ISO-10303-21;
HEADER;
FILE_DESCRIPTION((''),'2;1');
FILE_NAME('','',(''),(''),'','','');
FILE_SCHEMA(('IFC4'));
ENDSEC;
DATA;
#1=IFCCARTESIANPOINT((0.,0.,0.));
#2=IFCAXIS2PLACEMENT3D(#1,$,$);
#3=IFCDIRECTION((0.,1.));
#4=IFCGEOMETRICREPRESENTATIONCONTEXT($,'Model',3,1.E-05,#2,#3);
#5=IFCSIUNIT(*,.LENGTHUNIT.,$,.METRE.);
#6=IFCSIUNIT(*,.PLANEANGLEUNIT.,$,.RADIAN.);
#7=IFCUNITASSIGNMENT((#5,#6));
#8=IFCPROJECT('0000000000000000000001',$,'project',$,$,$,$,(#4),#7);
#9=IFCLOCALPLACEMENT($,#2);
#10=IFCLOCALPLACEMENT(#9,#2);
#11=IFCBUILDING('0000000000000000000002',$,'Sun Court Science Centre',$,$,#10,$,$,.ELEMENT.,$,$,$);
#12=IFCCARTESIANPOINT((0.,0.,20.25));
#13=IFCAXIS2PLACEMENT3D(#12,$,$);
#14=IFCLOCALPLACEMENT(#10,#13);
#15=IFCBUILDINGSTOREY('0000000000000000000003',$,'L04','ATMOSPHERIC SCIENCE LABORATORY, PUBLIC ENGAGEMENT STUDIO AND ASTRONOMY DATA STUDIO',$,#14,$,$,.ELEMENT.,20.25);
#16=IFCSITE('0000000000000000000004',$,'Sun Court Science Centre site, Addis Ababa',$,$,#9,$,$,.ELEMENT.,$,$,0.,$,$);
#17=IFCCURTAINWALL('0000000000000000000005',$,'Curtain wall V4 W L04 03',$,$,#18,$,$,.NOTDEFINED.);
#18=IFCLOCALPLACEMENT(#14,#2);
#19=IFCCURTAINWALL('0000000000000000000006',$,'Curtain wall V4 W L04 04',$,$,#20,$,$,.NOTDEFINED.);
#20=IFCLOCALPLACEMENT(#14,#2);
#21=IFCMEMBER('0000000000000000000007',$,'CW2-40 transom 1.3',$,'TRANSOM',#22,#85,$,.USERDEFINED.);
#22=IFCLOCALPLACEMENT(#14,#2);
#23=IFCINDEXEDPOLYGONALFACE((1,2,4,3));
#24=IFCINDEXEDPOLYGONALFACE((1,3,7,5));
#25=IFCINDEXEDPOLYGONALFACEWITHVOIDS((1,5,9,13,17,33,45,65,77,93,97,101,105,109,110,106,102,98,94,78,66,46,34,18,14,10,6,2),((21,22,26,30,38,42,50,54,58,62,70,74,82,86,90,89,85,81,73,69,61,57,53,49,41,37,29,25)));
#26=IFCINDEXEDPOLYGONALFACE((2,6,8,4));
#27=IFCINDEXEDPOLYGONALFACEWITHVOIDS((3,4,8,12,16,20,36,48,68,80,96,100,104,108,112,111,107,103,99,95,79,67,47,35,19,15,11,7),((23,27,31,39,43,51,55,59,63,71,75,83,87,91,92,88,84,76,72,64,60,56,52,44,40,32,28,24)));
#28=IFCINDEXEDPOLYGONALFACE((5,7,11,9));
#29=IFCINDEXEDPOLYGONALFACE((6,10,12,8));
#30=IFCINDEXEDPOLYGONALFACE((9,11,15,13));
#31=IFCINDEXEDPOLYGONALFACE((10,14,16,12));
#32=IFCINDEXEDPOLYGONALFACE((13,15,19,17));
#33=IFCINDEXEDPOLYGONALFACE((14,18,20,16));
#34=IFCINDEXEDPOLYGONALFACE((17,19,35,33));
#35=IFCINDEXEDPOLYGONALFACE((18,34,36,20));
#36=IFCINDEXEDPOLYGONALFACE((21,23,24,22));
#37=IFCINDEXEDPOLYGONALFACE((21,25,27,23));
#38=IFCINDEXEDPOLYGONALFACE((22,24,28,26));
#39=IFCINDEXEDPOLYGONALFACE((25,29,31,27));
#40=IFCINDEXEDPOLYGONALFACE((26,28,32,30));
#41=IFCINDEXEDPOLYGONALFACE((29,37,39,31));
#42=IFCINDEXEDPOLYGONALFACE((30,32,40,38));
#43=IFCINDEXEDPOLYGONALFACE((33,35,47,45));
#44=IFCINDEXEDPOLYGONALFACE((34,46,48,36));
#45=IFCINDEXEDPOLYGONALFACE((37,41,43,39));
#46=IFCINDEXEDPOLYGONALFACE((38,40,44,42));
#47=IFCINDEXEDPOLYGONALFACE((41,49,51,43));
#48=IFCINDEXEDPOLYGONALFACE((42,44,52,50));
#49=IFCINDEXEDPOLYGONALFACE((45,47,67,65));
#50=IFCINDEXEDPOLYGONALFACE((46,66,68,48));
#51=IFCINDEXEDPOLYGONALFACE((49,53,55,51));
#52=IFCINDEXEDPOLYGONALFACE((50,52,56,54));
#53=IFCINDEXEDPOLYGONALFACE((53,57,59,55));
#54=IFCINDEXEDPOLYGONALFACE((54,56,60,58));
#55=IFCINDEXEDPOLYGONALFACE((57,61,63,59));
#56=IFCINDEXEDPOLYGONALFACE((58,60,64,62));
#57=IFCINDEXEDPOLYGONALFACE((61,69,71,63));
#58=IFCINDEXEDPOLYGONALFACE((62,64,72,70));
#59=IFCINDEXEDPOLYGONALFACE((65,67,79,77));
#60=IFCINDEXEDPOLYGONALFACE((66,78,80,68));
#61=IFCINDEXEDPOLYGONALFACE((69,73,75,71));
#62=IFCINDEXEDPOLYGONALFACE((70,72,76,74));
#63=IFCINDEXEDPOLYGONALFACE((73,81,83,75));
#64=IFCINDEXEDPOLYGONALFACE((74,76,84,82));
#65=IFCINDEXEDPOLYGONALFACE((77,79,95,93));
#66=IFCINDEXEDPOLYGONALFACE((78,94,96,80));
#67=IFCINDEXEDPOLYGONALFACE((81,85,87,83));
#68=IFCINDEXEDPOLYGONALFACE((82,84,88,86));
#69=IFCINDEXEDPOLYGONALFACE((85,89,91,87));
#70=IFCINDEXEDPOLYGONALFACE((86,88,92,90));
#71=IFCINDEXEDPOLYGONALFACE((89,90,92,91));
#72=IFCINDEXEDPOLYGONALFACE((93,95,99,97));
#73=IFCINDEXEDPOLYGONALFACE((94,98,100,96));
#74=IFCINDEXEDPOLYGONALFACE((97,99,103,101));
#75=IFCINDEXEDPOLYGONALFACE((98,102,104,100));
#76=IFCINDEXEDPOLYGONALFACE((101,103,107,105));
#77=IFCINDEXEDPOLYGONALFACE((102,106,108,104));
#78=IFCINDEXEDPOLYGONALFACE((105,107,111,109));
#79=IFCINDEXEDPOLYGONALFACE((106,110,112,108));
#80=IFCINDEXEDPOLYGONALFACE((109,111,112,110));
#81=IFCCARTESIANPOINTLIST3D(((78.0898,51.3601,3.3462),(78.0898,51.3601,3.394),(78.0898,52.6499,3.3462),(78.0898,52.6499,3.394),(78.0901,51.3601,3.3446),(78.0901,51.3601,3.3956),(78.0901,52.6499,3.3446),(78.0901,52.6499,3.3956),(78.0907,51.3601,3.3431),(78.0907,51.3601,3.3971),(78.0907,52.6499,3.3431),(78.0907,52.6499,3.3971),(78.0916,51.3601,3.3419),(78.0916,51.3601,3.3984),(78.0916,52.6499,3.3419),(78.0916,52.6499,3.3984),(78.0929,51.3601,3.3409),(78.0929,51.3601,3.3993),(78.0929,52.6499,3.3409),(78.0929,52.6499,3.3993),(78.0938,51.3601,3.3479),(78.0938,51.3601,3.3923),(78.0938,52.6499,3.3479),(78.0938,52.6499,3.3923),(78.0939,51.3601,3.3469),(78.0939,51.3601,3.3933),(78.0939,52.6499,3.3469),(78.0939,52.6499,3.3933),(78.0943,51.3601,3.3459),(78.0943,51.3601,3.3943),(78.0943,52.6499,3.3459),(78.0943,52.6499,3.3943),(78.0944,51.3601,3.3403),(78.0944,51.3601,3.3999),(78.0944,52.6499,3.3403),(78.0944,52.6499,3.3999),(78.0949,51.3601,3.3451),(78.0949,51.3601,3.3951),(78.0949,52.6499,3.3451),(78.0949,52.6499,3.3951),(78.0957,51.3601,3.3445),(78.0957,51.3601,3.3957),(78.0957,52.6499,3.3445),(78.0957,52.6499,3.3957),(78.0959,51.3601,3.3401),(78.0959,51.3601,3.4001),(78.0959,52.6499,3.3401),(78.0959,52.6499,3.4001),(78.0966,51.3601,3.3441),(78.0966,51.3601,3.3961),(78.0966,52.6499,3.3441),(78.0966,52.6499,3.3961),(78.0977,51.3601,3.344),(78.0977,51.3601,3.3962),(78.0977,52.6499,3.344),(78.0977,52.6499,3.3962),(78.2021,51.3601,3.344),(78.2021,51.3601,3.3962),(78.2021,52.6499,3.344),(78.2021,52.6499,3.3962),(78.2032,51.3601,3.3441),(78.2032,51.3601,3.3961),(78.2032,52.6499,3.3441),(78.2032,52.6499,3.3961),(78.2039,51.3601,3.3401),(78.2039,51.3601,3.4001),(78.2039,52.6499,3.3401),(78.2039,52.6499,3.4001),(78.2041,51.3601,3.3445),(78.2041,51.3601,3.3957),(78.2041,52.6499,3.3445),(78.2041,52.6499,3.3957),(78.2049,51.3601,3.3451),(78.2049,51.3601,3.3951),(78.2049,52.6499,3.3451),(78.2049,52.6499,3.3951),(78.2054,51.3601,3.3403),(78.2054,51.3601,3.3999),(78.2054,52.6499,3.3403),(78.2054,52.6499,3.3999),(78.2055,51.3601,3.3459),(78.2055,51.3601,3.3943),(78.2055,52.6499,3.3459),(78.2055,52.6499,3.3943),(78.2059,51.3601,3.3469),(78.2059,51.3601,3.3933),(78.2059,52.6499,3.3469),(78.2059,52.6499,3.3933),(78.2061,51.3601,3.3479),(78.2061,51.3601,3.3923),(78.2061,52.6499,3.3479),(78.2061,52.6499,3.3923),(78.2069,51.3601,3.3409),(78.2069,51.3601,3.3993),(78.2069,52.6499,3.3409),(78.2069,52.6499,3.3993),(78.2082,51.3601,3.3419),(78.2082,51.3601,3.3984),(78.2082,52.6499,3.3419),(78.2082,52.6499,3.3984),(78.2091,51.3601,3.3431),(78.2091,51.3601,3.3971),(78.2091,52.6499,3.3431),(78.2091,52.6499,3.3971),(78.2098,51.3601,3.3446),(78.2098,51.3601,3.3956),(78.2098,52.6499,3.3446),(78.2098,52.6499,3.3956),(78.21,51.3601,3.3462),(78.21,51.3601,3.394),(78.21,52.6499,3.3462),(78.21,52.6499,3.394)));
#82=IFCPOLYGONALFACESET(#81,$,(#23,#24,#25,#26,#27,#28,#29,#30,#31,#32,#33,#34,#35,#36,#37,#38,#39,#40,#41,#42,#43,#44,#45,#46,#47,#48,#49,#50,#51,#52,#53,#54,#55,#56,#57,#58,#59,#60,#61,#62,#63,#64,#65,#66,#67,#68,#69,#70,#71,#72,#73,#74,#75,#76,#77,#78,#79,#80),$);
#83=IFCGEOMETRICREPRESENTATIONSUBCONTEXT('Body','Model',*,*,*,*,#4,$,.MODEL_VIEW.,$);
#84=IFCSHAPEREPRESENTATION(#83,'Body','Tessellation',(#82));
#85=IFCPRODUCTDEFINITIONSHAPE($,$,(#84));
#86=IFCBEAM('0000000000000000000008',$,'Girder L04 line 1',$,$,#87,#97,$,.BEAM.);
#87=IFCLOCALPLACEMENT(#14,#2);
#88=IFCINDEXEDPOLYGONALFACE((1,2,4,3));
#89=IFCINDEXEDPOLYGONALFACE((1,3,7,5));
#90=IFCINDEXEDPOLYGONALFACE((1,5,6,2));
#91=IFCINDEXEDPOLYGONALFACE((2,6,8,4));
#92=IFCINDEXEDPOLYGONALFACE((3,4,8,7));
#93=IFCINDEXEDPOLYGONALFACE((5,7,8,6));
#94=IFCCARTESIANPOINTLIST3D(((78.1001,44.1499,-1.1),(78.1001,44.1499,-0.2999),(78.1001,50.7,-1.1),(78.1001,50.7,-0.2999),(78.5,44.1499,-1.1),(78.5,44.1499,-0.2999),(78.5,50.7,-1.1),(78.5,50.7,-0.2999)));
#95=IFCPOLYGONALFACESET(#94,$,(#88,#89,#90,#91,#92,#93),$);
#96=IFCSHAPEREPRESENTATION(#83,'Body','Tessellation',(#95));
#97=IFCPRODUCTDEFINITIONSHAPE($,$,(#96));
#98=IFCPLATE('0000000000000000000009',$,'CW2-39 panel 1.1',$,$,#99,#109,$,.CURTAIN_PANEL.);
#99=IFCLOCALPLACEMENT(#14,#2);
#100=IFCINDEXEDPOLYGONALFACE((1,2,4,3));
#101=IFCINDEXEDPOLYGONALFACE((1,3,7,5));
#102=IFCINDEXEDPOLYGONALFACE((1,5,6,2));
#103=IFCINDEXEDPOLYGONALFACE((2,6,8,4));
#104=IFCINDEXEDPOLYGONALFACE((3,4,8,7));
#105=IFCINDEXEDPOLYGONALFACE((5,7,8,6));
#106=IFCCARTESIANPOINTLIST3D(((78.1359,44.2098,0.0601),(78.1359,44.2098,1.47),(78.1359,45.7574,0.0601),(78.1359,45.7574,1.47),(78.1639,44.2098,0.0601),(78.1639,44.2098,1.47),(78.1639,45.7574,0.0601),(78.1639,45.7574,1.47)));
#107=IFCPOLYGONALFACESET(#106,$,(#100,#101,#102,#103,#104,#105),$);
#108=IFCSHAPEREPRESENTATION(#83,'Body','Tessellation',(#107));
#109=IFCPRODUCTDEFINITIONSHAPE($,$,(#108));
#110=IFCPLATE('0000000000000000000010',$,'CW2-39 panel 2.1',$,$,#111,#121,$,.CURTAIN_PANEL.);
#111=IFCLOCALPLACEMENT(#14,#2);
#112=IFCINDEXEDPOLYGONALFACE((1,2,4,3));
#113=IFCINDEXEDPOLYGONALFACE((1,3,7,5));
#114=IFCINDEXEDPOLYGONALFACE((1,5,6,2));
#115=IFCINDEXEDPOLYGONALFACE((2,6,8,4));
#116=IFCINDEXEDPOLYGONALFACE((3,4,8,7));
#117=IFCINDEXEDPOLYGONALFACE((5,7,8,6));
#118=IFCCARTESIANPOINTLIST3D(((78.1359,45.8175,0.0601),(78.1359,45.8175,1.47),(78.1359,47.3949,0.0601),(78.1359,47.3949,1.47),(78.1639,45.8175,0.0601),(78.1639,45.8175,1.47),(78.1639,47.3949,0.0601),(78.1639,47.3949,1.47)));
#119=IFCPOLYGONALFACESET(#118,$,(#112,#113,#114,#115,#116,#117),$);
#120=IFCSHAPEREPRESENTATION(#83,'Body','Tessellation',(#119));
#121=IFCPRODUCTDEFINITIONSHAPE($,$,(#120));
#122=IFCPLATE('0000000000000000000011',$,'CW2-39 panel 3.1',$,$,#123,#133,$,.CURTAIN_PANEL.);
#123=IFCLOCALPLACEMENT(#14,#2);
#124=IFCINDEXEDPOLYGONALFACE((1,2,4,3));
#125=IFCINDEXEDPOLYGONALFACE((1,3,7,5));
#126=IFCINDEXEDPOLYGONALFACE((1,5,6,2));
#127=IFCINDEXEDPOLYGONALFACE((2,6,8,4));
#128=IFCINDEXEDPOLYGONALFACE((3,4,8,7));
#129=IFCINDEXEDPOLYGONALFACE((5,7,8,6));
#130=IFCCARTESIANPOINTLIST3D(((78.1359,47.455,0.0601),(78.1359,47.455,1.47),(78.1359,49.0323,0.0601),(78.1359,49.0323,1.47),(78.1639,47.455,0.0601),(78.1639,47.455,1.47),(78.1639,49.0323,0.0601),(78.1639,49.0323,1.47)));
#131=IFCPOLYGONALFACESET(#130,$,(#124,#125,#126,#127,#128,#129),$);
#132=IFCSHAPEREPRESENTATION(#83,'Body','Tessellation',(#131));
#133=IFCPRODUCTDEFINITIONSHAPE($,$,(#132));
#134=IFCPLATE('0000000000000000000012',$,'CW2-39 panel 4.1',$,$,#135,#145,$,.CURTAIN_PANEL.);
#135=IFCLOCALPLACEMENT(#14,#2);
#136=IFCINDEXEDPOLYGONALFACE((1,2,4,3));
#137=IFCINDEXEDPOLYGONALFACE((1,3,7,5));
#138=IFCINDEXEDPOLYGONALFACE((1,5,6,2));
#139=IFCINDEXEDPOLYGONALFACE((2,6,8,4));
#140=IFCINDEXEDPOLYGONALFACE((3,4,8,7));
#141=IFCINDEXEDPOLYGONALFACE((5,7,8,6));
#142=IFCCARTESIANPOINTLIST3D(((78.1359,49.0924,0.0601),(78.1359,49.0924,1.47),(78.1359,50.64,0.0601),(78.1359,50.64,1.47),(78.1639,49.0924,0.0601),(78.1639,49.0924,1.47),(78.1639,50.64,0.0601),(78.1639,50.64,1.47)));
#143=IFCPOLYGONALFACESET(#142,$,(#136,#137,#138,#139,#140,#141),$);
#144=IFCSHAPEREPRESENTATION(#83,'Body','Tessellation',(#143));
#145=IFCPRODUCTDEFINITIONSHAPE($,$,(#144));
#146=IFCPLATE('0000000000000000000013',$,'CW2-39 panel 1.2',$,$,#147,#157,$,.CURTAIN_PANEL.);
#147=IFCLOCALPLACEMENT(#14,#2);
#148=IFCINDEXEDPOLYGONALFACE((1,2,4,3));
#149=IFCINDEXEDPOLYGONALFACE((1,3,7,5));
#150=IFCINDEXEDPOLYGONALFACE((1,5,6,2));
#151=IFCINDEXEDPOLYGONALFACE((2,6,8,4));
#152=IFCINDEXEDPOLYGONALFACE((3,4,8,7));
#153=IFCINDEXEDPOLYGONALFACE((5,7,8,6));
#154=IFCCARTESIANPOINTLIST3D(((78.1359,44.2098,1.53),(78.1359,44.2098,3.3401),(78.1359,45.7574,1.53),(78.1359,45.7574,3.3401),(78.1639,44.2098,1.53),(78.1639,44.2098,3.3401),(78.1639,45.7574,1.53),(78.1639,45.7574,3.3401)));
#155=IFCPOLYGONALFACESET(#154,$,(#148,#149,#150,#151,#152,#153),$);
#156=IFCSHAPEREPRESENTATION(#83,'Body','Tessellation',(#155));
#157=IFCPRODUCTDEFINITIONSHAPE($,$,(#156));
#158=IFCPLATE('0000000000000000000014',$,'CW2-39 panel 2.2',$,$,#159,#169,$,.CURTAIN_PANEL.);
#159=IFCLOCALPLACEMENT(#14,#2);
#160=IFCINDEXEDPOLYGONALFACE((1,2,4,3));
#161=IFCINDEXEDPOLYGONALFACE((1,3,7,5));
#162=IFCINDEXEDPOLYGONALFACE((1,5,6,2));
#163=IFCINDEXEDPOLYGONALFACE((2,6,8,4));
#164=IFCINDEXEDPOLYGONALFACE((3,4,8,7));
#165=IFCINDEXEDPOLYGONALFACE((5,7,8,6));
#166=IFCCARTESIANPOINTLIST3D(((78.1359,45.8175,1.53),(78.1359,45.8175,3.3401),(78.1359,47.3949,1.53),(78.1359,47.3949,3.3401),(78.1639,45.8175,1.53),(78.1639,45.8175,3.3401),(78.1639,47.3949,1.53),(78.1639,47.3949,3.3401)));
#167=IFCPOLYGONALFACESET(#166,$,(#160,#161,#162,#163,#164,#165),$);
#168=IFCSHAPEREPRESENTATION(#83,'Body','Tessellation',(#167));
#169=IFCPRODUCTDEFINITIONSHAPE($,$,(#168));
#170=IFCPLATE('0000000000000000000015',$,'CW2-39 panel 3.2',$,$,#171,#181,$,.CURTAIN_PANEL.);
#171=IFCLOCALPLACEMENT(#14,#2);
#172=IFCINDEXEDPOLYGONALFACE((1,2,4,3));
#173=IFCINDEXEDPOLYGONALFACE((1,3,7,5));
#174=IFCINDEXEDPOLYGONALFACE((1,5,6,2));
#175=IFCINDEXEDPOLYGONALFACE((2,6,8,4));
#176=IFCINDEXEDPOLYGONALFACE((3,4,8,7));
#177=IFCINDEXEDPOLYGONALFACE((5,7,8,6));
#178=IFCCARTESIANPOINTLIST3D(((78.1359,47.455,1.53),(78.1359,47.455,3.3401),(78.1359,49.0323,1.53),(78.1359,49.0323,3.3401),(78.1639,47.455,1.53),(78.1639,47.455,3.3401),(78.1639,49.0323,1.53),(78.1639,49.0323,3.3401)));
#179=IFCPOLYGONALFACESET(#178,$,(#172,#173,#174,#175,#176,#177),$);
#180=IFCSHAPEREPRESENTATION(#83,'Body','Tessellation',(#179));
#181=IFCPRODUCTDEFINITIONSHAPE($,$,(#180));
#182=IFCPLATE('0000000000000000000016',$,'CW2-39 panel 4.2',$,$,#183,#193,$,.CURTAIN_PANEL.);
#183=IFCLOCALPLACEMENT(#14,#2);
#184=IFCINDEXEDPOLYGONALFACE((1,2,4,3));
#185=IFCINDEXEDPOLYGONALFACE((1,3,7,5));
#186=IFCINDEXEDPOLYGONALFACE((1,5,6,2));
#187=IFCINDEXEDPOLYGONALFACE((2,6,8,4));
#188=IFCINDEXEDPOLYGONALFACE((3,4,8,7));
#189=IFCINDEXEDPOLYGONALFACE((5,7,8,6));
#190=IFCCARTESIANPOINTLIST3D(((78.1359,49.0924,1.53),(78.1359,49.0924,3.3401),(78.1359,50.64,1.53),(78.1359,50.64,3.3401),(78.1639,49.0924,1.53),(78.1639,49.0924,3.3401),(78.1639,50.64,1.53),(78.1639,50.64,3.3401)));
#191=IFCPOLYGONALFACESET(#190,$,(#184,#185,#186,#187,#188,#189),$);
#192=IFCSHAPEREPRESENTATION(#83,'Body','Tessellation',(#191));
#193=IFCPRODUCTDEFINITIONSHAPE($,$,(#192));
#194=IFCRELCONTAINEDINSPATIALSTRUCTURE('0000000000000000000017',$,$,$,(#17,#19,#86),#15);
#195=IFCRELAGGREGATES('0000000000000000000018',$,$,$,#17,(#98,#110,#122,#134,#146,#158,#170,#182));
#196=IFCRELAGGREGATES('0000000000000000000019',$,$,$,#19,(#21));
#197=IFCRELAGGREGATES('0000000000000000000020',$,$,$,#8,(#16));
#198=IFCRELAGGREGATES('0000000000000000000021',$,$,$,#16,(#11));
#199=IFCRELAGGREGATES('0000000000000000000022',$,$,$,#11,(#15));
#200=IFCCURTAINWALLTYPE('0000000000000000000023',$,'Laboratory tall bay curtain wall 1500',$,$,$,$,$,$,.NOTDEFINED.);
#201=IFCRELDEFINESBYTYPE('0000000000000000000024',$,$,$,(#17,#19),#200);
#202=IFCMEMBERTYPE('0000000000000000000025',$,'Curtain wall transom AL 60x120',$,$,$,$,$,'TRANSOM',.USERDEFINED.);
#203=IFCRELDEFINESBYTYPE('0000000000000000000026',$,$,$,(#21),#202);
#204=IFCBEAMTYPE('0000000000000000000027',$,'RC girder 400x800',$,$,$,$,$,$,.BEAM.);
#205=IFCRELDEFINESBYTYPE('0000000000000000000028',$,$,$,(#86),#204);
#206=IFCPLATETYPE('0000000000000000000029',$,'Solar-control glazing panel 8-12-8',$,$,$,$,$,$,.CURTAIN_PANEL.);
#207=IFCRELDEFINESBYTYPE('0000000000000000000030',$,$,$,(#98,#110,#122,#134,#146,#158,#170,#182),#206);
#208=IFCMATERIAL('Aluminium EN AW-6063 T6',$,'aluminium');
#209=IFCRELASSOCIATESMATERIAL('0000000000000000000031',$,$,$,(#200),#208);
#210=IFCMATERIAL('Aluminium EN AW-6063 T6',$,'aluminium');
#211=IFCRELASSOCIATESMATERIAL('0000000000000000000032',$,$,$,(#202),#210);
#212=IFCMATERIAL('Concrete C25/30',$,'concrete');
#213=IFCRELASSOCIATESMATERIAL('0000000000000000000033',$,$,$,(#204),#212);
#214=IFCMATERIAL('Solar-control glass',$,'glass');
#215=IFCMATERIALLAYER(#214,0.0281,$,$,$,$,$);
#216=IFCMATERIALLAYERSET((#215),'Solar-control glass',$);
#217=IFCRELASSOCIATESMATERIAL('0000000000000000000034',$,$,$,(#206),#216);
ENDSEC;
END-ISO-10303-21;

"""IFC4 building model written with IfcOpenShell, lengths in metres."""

from ifc_helpers import new_model, si_unit, direction, frame, origin, origin_2d, place, context, subcontext, project, spatial, rectangle, hollow_rectangle, extrude, material, layer, layer_set, material_profile, profile_set, type_object, element, aggregate, save


model = new_model("IFC4")

# Units and contexts
model_context = context("Model", 3, precision=1e-05, world=origin(), true_north=direction((0.0, 1.0)))
body_context = subcontext(model_context, "Body", "Model", "MODEL_VIEW")
ifc_project = project(units=[si_unit("LENGTHUNIT", "METRE"), si_unit("PLANEANGLEUNIT", "RADIAN")], contexts=[model_context])

# Site, building, storey
site_placement = place(None, origin())
site = spatial("IfcSite", under=ifc_project, at=site_placement, Name="Sun Court Science Centre site, Addis Ababa", CompositionType="ELEMENT", RefElevation=0.0)
building_placement = place(site_placement, origin())
building = spatial("IfcBuilding", under=site, at=building_placement, Name="Sun Court Science Centre", CompositionType="ELEMENT")
storey_placement = place(building_placement, frame((0.0, 0.0, 20.25)))
storey = spatial("IfcBuildingStorey", under=building, at=storey_placement, Name="L04", Description="ATMOSPHERIC SCIENCE LABORATORY, PUBLIC ENGAGEMENT STUDIO AND ASTRONOMY DATA STUDIO", CompositionType="ELEMENT", Elevation=20.25)

# Shared definitions
ifc_material_1 = material(Name="Aluminium EN AW-6063 T6", Category="aluminium")
curtain_wall_type = type_object("IfcCurtainWallType", Name="Laboratory tall bay curtain wall 1500", PredefinedType="NOTDEFINED", material=ifc_material_1)

# Curtain walls
curtain_wall_1_placement = place(storey_placement, origin())
curtain_wall_1 = element("IfcCurtainWall", 1, at=curtain_wall_1_placement, inside=storey, type_object=curtain_wall_type, Name="Curtain wall V4 W L04 03", PredefinedType="NOTDEFINED")
curtain_wall_2_placement = place(storey_placement, origin())
curtain_wall_2 = element("IfcCurtainWall", 2, at=curtain_wall_2_placement, inside=storey, type_object=curtain_wall_type, Name="Curtain wall V4 W L04 04", PredefinedType="NOTDEFINED")

# Member
ifc_material_2 = material(Name="Aluminium EN AW-6063 T6", Category="aluminium")
ifc_material_profile_1 = material_profile(ifc_material_2, hollow_rectangle(XDim=0.0601, YDim=0.1201, WallThickness=0.0039, InnerFilletRadius=0.0039, OuterFilletRadius=0.0061, at=origin_2d()), Name="AL 60x120x4")
ifc_profile_set_1 = profile_set([ifc_material_profile_1], Name="Aluminium EN AW-6063 T6")
member_type_1 = type_object("IfcMemberType", Name="Curtain wall transom AL 60x120", ElementType="TRANSOM", PredefinedType="USERDEFINED", material=ifc_profile_set_1)
member_1_placement = place(storey_placement, frame((78.1499, 51.3601, 3.3701), z_axis=(0.0, 1.0, 0.0), x_axis=(0.0, 0.0, 1.0)))
member_1 = element("IfcMember", 3, at=member_1_placement, type_object=member_type_1, Name="CW2-40 transom 1.3", ObjectType="TRANSOM", PredefinedType="USERDEFINED", context=body_context, shape_type="SweptSolid", body=[
    extrude(hollow_rectangle(XDim=0.0601, YDim=0.1201, WallThickness=0.0039, InnerFilletRadius=0.0039, OuterFilletRadius=0.0061, at=origin_2d()), origin(), (0.0, 0.0, 1.0), 1.2898),
])

# Beam
ifc_material_3 = material(Name="Concrete C25/30", Category="concrete")
ifc_material_profile_2 = material_profile(ifc_material_3, rectangle(XDim=0.3999, YDim=0.8, at=origin_2d()), Name="RC 400x800")
ifc_profile_set_2 = profile_set([ifc_material_profile_2], Name="Concrete C25/30")
beam_type = type_object("IfcBeamType", Name="RC girder 400x800", PredefinedType="BEAM", material=ifc_profile_set_2)
beam_placement = place(storey_placement, frame((78.3, 44.1499, -0.7), z_axis=(0.0, 1.0, 0.0), x_axis=(-1.0, 0.0, 0.0)))
element("IfcBeam", 4, at=beam_placement, inside=storey, type_object=beam_type, Name="Girder L04 line 1", PredefinedType="BEAM", context=body_context, shape_type="SweptSolid", body=[
    extrude(rectangle(XDim=0.3999, YDim=0.8, at=origin_2d()), origin(), (0.0, 0.0, 1.0), 6.55),
])

# Plates
ifc_material_4 = material(Name="Solar-control glass", Category="glass")
ifc_layer_1 = layer(ifc_material_4, 0.0281)
ifc_layer_set_1 = layer_set([ifc_layer_1], Name="Solar-control glass")
plate_type = type_object("IfcPlateType", Name="Solar-control glazing panel 8-12-8", PredefinedType="CURTAIN_PANEL", material=ifc_layer_set_1)
plate_1_placement = place(storey_placement, frame((78.1499, 44.9836, 0.0601), z_axis=(0.0, 0.0, 1.0), x_axis=(0.0, 1.0, 0.0)))
plate_1 = element("IfcPlate", 5, at=plate_1_placement, type_object=plate_type, Name="CW2-39 panel 1.1", PredefinedType="CURTAIN_PANEL", context=body_context, shape_type="SweptSolid", body=[
    extrude(rectangle(XDim=1.5476, YDim=0.0281, at=origin_2d()), origin(), (0.0, 0.0, 1.0), 1.4099),
])
plate_2_placement = place(storey_placement, frame((78.1499, 46.6062, 0.0601), z_axis=(0.0, 0.0, 1.0), x_axis=(0.0, 1.0, 0.0)))
plate_2 = element("IfcPlate", 6, at=plate_2_placement, type_object=plate_type, Name="CW2-39 panel 2.1", PredefinedType="CURTAIN_PANEL", context=body_context, shape_type="SweptSolid", body=[
    extrude(rectangle(XDim=1.5774, YDim=0.0281, at=origin_2d()), origin(), (0.0, 0.0, 1.0), 1.4099),
])
plate_3_placement = place(storey_placement, frame((78.1499, 48.2437, 0.0601), z_axis=(0.0, 0.0, 1.0), x_axis=(0.0, 1.0, 0.0)))
plate_3 = element("IfcPlate", 7, at=plate_3_placement, type_object=plate_type, Name="CW2-39 panel 3.1", PredefinedType="CURTAIN_PANEL", context=body_context, shape_type="SweptSolid", body=[
    extrude(rectangle(XDim=1.5774, YDim=0.0281, at=origin_2d()), origin(), (0.0, 0.0, 1.0), 1.4099),
])
plate_4_placement = place(storey_placement, frame((78.1499, 49.8662, 0.0601), z_axis=(0.0, 0.0, 1.0), x_axis=(0.0, 1.0, 0.0)))
plate_4 = element("IfcPlate", 8, at=plate_4_placement, type_object=plate_type, Name="CW2-39 panel 4.1", PredefinedType="CURTAIN_PANEL", context=body_context, shape_type="SweptSolid", body=[
    extrude(rectangle(XDim=1.5476, YDim=0.0281, at=origin_2d()), origin(), (0.0, 0.0, 1.0), 1.4099),
])
plate_5_placement = place(storey_placement, frame((78.1499, 44.9836, 1.53), z_axis=(0.0, 0.0, 1.0), x_axis=(0.0, 1.0, 0.0)))
plate_5 = element("IfcPlate", 9, at=plate_5_placement, type_object=plate_type, Name="CW2-39 panel 1.2", PredefinedType="CURTAIN_PANEL", context=body_context, shape_type="SweptSolid", body=[
    extrude(rectangle(XDim=1.5476, YDim=0.0281, at=origin_2d()), origin(), (0.0, 0.0, 1.0), 1.8101),
])
plate_6_placement = place(storey_placement, frame((78.1499, 46.6062, 1.53), z_axis=(0.0, 0.0, 1.0), x_axis=(0.0, 1.0, 0.0)))
plate_6 = element("IfcPlate", 10, at=plate_6_placement, type_object=plate_type, Name="CW2-39 panel 2.2", PredefinedType="CURTAIN_PANEL", context=body_context, shape_type="SweptSolid", body=[
    extrude(rectangle(XDim=1.5774, YDim=0.0281, at=origin_2d()), origin(), (0.0, 0.0, 1.0), 1.8101),
])
plate_7_placement = place(storey_placement, frame((78.1499, 48.2437, 1.53), z_axis=(0.0, 0.0, 1.0), x_axis=(0.0, 1.0, 0.0)))
plate_7 = element("IfcPlate", 11, at=plate_7_placement, type_object=plate_type, Name="CW2-39 panel 3.2", PredefinedType="CURTAIN_PANEL", context=body_context, shape_type="SweptSolid", body=[
    extrude(rectangle(XDim=1.5774, YDim=0.0281, at=origin_2d()), origin(), (0.0, 0.0, 1.0), 1.8101),
])
plate_8_placement = place(storey_placement, frame((78.1499, 49.8662, 1.53), z_axis=(0.0, 0.0, 1.0), x_axis=(0.0, 1.0, 0.0)))
plate_8 = element("IfcPlate", 12, at=plate_8_placement, type_object=plate_type, Name="CW2-39 panel 4.2", PredefinedType="CURTAIN_PANEL", context=body_context, shape_type="SweptSolid", body=[
    extrude(rectangle(XDim=1.5476, YDim=0.0281, at=origin_2d()), origin(), (0.0, 0.0, 1.0), 1.8101),
])
aggregate(curtain_wall_1, [plate_1, plate_2, plate_3, plate_4, plate_5, plate_6, plate_7, plate_8])
aggregate(curtain_wall_2, [member_1])

save(model, "model.ifc")
